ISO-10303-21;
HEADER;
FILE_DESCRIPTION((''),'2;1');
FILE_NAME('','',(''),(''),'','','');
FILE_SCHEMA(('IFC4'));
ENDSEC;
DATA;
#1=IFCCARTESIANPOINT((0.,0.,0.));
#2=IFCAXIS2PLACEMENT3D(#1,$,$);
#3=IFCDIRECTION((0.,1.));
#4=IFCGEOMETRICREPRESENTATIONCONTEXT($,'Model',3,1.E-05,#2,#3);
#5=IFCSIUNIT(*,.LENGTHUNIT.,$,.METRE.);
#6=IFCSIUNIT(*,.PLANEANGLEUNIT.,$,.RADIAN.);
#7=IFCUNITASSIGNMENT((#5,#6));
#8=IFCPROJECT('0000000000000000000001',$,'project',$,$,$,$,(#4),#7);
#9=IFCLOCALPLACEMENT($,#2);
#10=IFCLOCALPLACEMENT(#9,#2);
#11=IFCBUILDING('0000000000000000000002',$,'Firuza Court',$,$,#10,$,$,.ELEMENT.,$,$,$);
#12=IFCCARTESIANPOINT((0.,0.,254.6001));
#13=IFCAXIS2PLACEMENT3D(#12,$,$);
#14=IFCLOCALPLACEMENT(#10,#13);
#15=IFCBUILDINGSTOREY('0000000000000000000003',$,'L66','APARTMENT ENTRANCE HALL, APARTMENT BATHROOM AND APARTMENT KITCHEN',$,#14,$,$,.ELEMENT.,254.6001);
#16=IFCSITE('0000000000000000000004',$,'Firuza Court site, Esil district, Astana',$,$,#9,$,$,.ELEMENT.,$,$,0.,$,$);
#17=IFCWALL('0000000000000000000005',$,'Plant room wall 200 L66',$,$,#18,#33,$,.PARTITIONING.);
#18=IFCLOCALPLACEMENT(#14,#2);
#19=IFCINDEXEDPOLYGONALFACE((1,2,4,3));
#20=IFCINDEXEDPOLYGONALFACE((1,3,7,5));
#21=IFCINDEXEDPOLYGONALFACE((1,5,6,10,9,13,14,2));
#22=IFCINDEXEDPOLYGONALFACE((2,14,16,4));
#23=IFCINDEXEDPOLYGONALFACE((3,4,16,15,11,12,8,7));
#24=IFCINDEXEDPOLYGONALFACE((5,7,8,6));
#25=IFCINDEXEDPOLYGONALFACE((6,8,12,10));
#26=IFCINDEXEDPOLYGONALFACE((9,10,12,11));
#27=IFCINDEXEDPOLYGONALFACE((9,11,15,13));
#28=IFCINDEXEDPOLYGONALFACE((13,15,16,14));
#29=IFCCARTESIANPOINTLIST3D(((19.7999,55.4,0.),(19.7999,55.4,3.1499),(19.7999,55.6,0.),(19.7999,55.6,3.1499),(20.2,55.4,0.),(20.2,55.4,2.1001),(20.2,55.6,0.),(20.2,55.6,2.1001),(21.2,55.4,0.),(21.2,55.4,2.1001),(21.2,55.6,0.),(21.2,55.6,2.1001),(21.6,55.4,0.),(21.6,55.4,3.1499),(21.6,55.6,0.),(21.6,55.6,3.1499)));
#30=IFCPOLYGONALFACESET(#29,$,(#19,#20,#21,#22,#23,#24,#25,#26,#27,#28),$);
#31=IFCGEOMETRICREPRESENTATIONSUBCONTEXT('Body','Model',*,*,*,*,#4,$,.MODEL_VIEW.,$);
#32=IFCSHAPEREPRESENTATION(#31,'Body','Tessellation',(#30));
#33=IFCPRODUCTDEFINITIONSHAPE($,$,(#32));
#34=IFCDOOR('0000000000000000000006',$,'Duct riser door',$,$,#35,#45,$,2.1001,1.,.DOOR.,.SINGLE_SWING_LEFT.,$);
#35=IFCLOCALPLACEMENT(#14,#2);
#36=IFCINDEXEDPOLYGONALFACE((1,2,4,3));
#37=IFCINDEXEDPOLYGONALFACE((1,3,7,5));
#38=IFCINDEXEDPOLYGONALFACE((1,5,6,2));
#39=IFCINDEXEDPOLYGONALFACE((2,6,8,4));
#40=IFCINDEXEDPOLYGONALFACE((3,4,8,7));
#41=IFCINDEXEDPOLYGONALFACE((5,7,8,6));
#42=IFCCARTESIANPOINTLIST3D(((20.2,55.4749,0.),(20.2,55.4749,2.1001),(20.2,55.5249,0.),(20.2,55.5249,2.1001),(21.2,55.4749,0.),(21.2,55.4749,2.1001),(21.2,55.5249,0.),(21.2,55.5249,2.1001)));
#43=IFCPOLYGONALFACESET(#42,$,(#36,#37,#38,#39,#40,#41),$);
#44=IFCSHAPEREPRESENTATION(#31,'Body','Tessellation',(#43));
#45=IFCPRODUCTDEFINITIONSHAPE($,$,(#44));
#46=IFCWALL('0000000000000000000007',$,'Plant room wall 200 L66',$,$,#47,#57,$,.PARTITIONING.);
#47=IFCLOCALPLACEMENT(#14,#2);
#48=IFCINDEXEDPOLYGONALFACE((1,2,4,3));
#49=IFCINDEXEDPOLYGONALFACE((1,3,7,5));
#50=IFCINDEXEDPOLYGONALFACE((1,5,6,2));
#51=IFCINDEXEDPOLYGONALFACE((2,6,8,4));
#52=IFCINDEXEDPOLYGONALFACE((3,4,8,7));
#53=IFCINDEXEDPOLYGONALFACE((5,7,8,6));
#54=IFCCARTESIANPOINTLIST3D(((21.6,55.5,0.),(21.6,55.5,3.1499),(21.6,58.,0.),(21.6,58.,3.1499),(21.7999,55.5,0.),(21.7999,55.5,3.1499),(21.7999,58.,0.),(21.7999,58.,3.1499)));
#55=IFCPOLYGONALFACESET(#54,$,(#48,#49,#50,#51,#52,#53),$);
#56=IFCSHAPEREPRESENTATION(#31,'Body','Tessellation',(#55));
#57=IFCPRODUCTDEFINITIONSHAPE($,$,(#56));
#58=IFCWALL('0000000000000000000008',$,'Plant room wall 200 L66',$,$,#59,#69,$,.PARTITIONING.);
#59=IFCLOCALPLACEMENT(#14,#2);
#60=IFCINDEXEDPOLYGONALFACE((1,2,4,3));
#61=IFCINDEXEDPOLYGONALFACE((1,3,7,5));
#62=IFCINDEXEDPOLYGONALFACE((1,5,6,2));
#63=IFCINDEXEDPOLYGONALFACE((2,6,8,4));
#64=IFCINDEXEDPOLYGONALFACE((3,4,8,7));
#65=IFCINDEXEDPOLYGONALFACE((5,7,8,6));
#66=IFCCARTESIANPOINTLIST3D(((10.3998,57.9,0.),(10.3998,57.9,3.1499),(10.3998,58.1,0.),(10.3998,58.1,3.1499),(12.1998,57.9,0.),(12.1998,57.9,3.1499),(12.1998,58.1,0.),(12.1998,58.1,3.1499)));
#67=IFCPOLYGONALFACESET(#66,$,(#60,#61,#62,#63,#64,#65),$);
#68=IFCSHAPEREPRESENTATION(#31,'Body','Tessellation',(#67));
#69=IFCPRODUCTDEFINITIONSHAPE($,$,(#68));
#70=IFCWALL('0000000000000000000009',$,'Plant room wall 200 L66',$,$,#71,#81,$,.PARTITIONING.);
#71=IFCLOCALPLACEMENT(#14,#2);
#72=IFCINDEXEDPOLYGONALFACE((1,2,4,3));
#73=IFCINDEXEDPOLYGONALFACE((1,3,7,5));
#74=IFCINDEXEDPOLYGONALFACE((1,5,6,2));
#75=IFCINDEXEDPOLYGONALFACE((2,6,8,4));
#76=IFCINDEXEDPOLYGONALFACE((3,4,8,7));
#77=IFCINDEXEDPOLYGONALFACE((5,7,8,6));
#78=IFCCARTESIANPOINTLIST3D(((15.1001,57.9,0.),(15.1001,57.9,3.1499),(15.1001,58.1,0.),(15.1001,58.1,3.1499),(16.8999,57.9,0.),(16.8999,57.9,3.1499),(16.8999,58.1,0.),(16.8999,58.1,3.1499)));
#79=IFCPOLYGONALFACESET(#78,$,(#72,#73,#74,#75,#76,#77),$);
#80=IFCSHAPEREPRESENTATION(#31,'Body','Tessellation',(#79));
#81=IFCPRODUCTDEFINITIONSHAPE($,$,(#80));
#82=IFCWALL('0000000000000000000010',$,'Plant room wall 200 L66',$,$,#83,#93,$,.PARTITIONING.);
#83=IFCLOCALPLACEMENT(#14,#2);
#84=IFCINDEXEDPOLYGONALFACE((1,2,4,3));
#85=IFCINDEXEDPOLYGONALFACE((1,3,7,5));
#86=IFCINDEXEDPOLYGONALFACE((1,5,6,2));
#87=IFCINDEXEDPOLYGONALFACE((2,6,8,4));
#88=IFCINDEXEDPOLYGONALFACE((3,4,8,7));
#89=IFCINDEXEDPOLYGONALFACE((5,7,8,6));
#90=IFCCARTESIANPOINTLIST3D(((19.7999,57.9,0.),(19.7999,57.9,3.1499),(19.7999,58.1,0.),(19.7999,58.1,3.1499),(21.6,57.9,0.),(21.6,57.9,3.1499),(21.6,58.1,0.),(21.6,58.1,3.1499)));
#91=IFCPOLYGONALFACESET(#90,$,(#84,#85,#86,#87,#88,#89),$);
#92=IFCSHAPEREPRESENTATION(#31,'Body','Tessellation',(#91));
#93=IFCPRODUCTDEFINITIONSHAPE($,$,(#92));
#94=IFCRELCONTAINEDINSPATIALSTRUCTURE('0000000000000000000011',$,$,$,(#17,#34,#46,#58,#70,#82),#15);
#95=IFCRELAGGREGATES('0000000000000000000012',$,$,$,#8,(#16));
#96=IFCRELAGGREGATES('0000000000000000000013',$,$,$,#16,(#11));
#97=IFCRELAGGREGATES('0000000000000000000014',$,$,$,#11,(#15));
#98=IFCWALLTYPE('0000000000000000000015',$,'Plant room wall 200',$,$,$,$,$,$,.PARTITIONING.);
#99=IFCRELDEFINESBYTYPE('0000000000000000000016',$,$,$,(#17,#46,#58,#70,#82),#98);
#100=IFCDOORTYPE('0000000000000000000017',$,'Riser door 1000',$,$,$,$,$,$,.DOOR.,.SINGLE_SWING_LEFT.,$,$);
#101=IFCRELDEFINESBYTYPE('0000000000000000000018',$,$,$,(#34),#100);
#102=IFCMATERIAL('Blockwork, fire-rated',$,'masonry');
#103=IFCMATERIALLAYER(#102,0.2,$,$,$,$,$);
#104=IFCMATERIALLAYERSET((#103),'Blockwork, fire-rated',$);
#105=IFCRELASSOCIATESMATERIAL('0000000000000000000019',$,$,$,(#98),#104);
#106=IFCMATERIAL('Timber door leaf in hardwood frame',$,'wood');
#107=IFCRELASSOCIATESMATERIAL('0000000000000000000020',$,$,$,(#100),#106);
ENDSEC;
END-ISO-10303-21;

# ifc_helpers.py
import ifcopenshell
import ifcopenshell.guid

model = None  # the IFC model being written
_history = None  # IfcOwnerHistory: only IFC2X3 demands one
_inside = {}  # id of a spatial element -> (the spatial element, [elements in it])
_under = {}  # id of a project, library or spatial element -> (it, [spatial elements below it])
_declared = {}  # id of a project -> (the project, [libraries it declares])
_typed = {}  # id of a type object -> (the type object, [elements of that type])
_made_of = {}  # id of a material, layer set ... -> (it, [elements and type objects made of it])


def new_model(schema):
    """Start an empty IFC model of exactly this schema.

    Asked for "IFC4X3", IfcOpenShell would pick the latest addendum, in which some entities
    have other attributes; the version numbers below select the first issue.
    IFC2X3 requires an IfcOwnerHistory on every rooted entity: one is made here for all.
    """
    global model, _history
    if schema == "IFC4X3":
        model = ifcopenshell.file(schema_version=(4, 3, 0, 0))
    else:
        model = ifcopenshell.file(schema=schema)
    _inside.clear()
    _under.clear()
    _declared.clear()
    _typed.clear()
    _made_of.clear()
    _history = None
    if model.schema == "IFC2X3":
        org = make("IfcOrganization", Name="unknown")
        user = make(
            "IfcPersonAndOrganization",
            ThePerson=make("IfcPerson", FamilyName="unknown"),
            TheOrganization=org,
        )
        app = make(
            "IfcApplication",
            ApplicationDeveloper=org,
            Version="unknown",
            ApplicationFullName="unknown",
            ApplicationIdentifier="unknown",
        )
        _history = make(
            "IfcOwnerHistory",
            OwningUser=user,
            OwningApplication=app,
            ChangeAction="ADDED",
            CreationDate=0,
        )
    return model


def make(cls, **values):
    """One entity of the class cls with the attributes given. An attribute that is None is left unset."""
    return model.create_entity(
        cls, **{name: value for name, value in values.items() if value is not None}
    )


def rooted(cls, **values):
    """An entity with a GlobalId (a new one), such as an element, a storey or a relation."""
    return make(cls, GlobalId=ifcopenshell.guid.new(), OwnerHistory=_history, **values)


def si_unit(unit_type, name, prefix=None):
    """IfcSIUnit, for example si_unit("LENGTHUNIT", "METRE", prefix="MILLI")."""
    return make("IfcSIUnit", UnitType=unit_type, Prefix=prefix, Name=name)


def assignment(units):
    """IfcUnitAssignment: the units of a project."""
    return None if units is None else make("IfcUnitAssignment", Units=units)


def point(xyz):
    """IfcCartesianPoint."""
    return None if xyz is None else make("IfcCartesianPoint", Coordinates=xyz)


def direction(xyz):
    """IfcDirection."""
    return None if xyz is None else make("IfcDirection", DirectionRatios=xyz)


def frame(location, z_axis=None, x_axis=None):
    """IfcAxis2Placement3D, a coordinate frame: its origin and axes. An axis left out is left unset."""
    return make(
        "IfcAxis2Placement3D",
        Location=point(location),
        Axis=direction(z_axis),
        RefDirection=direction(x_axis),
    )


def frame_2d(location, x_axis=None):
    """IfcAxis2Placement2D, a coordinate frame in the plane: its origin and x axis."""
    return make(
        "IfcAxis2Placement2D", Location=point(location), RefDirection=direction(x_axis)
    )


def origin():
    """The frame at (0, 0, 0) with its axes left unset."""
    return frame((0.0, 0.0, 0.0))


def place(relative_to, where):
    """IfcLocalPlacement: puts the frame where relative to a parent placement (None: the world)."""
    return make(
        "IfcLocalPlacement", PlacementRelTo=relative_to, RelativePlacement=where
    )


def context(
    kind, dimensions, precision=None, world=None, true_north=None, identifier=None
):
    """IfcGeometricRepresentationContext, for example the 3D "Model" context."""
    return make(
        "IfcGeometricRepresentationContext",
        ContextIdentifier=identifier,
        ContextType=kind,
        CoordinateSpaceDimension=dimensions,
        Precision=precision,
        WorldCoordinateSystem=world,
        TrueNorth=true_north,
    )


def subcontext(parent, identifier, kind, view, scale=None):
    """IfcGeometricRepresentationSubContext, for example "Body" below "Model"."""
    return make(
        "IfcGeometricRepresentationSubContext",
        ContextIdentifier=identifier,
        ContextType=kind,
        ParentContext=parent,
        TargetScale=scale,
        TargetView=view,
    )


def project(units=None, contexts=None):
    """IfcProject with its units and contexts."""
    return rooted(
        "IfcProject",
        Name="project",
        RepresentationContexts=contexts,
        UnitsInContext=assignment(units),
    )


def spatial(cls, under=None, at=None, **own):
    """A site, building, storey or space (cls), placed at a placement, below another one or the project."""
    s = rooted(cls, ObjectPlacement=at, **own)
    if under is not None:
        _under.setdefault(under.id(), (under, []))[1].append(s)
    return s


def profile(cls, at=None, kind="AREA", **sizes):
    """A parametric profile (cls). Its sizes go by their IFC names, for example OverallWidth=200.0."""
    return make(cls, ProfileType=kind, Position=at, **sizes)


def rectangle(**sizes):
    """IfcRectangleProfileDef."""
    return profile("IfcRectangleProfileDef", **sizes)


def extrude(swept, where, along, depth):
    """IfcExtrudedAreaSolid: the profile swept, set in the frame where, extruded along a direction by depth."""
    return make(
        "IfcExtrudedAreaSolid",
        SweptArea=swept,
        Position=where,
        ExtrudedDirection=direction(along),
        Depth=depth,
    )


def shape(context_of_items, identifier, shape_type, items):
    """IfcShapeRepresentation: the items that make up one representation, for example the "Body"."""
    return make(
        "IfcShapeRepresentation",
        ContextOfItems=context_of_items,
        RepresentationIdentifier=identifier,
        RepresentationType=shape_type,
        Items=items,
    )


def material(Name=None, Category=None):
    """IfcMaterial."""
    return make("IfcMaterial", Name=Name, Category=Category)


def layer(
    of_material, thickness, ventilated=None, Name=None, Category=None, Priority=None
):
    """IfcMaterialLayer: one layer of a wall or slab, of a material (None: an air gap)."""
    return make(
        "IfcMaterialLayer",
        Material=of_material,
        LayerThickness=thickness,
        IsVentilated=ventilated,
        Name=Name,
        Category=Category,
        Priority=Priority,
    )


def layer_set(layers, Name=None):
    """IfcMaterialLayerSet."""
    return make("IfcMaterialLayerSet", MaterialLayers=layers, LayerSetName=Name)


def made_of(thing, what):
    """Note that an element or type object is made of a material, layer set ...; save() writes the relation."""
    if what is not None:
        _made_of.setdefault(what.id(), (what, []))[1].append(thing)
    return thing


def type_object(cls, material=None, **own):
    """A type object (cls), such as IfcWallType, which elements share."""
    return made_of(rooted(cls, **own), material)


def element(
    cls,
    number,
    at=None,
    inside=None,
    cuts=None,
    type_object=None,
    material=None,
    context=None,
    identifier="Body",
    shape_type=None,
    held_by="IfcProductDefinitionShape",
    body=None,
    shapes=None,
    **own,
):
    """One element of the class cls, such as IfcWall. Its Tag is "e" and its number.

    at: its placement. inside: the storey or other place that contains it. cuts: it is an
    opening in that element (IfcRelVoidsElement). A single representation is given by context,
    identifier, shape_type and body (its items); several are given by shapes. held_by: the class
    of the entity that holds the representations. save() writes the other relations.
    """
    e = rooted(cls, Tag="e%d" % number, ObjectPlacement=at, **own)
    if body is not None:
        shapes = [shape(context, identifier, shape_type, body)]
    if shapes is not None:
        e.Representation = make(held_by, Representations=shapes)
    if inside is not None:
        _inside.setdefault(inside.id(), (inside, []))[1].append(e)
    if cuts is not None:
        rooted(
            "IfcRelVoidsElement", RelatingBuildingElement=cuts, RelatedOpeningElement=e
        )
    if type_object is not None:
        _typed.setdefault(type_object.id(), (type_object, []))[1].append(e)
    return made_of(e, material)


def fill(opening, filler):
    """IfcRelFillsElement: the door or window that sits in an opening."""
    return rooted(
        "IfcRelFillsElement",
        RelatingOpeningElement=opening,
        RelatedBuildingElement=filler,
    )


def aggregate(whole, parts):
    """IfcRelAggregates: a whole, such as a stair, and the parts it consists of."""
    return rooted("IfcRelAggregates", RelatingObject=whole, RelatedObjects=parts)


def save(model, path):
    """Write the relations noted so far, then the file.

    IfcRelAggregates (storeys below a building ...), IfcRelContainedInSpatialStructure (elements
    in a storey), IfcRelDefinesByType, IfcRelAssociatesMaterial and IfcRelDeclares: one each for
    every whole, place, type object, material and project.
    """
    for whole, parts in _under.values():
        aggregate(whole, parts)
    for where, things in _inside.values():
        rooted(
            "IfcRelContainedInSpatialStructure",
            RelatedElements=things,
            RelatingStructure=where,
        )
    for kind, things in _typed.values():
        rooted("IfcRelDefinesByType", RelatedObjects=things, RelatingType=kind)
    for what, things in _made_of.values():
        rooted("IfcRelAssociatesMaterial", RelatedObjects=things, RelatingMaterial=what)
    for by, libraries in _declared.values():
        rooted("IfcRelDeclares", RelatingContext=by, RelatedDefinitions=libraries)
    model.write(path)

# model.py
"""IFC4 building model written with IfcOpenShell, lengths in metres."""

from ifc_helpers import new_model, si_unit, direction, frame, frame_2d, origin, place, context, subcontext, project, spatial, rectangle, extrude, material, layer, layer_set, type_object, element, fill, save


model = new_model("IFC4")

# Units and contexts
model_context = context("Model", 3, precision=1e-05, world=origin(), true_north=direction((0.0, 1.0)))
body_context = subcontext(model_context, "Body", "Model", "MODEL_VIEW")
ifc_project = project(units=[si_unit("LENGTHUNIT", "METRE"), si_unit("PLANEANGLEUNIT", "RADIAN")], contexts=[model_context])

# Site, building, storey
site_placement = place(None, origin())
site = spatial("IfcSite", under=ifc_project, at=site_placement, Name="Firuza Court site, Esil district, Astana", CompositionType="ELEMENT", RefElevation=0.0)
building_placement = place(site_placement, origin())
building = spatial("IfcBuilding", under=site, at=building_placement, Name="Firuza Court", CompositionType="ELEMENT")
storey_placement = place(building_placement, frame((0.0, 0.0, 254.6001)))
storey = spatial("IfcBuildingStorey", under=building, at=storey_placement, Name="L66", Description="APARTMENT ENTRANCE HALL, APARTMENT BATHROOM AND APARTMENT KITCHEN", CompositionType="ELEMENT", Elevation=254.6001)

# Shared definitions
ifc_material_1 = material(Name="Blockwork, fire-rated", Category="masonry")
ifc_layer_1 = layer(ifc_material_1, 0.2)
ifc_layer_set_1 = layer_set([ifc_layer_1], Name="Blockwork, fire-rated")
wall_type_1 = type_object("IfcWallType", Name="Plant room wall 200", PredefinedType="PARTITIONING", material=ifc_layer_set_1)
ifc_material_2 = material(Name="Timber door leaf in hardwood frame", Category="wood")
door_type = type_object("IfcDoorType", Name="Riser door 1000", OperationType="SINGLE_SWING_LEFT", PredefinedType="DOOR", material=ifc_material_2)

# Wall, opening, door
wall_1_placement = place(storey_placement, frame((19.8, 55.5, 0.0), z_axis=(0.0, 0.0, 1.0), x_axis=(1.0, 0.0, 0.0)))
wall_1 = element("IfcWall", 1, at=wall_1_placement, inside=storey, type_object=wall_type_1, Name="Plant room wall 200 L66", PredefinedType="PARTITIONING", context=body_context, shape_type="SweptSolid", body=[
    extrude(rectangle(XDim=1.8, YDim=0.2, at=frame_2d((0.8999, 0.0))), origin(), (0.0, 0.0, 1.0), 3.1499),
])
opening_1_placement = place(wall_1_placement, frame((0.3999, 0.0, 0.0)))
opening_1 = element("IfcOpeningElement", 2, at=opening_1_placement, cuts=wall_1, PredefinedType="OPENING", context=body_context, shape_type="SweptSolid", body=[
    extrude(rectangle(XDim=1.0, YDim=2.1001, at=frame_2d((0.5, 1.05))), frame((0.0, 0.1118, 0.0), z_axis=(0.0, -1.0, 0.0), x_axis=(1.0, 0.0, 0.0)), (0.0, 0.0, 1.0), 0.2239),
])
door_1_placement = place(opening_1_placement, origin())
door_1 = element("IfcDoor", 3, at=door_1_placement, inside=storey, type_object=door_type, Name="Duct riser door", OperationType="SINGLE_SWING_LEFT", OverallHeight=2.1001, OverallWidth=1.0, PredefinedType="DOOR", context=body_context, shape_type="SweptSolid", body=[
    extrude(rectangle(XDim=1.0, YDim=2.1001, at=frame_2d((0.5, 1.05))), frame((0.0, 0.0249, 0.0), z_axis=(0.0, -1.0, 0.0), x_axis=(1.0, 0.0, 0.0)), (0.0, 0.0, 1.0), 0.05),
])
fill(opening_1, door_1)

# Walls
wall_2_placement = place(storey_placement, frame((21.7, 55.5, 0.0), z_axis=(0.0, 0.0, 1.0), x_axis=(0.0, 1.0, 0.0)))
element("IfcWall", 4, at=wall_2_placement, inside=storey, type_object=wall_type_1, Name="Plant room wall 200 L66", PredefinedType="PARTITIONING", context=body_context, shape_type="SweptSolid", body=[
    extrude(rectangle(XDim=2.5, YDim=0.2, at=frame_2d((1.25, 0.0))), origin(), (0.0, 0.0, 1.0), 3.1499),
])
wall_3_placement = place(storey_placement, frame((10.3999, 58.0, 0.0), z_axis=(0.0, 0.0, 1.0), x_axis=(1.0, 0.0, 0.0)))
element("IfcWall", 5, at=wall_3_placement, inside=storey, type_object=wall_type_1, Name="Plant room wall 200 L66", PredefinedType="PARTITIONING", context=body_context, shape_type="SweptSolid", body=[
    extrude(rectangle(XDim=1.8, YDim=0.2, at=frame_2d((0.8999, 0.0))), origin(), (0.0, 0.0, 1.0), 3.1499),
])
wall_4_placement = place(storey_placement, frame((15.1001, 58.0, 0.0), z_axis=(0.0, 0.0, 1.0), x_axis=(1.0, 0.0, 0.0)))
element("IfcWall", 6, at=wall_4_placement, inside=storey, type_object=wall_type_1, Name="Plant room wall 200 L66", PredefinedType="PARTITIONING", context=body_context, shape_type="SweptSolid", body=[
    extrude(rectangle(XDim=1.7998, YDim=0.2, at=frame_2d((0.8999, 0.0))), origin(), (0.0, 0.0, 1.0), 3.1499),
])
wall_5_placement = place(storey_placement, frame((19.8, 58.0, 0.0), z_axis=(0.0, 0.0, 1.0), x_axis=(1.0, 0.0, 0.0)))
element("IfcWall", 7, at=wall_5_placement, inside=storey, type_object=wall_type_1, Name="Plant room wall 200 L66", PredefinedType="PARTITIONING", context=body_context, shape_type="SweptSolid", body=[
    extrude(rectangle(XDim=1.8, YDim=0.2, at=frame_2d((0.8999, 0.0))), origin(), (0.0, 0.0, 1.0), 3.1499),
])

save(model, "model.ifc")
